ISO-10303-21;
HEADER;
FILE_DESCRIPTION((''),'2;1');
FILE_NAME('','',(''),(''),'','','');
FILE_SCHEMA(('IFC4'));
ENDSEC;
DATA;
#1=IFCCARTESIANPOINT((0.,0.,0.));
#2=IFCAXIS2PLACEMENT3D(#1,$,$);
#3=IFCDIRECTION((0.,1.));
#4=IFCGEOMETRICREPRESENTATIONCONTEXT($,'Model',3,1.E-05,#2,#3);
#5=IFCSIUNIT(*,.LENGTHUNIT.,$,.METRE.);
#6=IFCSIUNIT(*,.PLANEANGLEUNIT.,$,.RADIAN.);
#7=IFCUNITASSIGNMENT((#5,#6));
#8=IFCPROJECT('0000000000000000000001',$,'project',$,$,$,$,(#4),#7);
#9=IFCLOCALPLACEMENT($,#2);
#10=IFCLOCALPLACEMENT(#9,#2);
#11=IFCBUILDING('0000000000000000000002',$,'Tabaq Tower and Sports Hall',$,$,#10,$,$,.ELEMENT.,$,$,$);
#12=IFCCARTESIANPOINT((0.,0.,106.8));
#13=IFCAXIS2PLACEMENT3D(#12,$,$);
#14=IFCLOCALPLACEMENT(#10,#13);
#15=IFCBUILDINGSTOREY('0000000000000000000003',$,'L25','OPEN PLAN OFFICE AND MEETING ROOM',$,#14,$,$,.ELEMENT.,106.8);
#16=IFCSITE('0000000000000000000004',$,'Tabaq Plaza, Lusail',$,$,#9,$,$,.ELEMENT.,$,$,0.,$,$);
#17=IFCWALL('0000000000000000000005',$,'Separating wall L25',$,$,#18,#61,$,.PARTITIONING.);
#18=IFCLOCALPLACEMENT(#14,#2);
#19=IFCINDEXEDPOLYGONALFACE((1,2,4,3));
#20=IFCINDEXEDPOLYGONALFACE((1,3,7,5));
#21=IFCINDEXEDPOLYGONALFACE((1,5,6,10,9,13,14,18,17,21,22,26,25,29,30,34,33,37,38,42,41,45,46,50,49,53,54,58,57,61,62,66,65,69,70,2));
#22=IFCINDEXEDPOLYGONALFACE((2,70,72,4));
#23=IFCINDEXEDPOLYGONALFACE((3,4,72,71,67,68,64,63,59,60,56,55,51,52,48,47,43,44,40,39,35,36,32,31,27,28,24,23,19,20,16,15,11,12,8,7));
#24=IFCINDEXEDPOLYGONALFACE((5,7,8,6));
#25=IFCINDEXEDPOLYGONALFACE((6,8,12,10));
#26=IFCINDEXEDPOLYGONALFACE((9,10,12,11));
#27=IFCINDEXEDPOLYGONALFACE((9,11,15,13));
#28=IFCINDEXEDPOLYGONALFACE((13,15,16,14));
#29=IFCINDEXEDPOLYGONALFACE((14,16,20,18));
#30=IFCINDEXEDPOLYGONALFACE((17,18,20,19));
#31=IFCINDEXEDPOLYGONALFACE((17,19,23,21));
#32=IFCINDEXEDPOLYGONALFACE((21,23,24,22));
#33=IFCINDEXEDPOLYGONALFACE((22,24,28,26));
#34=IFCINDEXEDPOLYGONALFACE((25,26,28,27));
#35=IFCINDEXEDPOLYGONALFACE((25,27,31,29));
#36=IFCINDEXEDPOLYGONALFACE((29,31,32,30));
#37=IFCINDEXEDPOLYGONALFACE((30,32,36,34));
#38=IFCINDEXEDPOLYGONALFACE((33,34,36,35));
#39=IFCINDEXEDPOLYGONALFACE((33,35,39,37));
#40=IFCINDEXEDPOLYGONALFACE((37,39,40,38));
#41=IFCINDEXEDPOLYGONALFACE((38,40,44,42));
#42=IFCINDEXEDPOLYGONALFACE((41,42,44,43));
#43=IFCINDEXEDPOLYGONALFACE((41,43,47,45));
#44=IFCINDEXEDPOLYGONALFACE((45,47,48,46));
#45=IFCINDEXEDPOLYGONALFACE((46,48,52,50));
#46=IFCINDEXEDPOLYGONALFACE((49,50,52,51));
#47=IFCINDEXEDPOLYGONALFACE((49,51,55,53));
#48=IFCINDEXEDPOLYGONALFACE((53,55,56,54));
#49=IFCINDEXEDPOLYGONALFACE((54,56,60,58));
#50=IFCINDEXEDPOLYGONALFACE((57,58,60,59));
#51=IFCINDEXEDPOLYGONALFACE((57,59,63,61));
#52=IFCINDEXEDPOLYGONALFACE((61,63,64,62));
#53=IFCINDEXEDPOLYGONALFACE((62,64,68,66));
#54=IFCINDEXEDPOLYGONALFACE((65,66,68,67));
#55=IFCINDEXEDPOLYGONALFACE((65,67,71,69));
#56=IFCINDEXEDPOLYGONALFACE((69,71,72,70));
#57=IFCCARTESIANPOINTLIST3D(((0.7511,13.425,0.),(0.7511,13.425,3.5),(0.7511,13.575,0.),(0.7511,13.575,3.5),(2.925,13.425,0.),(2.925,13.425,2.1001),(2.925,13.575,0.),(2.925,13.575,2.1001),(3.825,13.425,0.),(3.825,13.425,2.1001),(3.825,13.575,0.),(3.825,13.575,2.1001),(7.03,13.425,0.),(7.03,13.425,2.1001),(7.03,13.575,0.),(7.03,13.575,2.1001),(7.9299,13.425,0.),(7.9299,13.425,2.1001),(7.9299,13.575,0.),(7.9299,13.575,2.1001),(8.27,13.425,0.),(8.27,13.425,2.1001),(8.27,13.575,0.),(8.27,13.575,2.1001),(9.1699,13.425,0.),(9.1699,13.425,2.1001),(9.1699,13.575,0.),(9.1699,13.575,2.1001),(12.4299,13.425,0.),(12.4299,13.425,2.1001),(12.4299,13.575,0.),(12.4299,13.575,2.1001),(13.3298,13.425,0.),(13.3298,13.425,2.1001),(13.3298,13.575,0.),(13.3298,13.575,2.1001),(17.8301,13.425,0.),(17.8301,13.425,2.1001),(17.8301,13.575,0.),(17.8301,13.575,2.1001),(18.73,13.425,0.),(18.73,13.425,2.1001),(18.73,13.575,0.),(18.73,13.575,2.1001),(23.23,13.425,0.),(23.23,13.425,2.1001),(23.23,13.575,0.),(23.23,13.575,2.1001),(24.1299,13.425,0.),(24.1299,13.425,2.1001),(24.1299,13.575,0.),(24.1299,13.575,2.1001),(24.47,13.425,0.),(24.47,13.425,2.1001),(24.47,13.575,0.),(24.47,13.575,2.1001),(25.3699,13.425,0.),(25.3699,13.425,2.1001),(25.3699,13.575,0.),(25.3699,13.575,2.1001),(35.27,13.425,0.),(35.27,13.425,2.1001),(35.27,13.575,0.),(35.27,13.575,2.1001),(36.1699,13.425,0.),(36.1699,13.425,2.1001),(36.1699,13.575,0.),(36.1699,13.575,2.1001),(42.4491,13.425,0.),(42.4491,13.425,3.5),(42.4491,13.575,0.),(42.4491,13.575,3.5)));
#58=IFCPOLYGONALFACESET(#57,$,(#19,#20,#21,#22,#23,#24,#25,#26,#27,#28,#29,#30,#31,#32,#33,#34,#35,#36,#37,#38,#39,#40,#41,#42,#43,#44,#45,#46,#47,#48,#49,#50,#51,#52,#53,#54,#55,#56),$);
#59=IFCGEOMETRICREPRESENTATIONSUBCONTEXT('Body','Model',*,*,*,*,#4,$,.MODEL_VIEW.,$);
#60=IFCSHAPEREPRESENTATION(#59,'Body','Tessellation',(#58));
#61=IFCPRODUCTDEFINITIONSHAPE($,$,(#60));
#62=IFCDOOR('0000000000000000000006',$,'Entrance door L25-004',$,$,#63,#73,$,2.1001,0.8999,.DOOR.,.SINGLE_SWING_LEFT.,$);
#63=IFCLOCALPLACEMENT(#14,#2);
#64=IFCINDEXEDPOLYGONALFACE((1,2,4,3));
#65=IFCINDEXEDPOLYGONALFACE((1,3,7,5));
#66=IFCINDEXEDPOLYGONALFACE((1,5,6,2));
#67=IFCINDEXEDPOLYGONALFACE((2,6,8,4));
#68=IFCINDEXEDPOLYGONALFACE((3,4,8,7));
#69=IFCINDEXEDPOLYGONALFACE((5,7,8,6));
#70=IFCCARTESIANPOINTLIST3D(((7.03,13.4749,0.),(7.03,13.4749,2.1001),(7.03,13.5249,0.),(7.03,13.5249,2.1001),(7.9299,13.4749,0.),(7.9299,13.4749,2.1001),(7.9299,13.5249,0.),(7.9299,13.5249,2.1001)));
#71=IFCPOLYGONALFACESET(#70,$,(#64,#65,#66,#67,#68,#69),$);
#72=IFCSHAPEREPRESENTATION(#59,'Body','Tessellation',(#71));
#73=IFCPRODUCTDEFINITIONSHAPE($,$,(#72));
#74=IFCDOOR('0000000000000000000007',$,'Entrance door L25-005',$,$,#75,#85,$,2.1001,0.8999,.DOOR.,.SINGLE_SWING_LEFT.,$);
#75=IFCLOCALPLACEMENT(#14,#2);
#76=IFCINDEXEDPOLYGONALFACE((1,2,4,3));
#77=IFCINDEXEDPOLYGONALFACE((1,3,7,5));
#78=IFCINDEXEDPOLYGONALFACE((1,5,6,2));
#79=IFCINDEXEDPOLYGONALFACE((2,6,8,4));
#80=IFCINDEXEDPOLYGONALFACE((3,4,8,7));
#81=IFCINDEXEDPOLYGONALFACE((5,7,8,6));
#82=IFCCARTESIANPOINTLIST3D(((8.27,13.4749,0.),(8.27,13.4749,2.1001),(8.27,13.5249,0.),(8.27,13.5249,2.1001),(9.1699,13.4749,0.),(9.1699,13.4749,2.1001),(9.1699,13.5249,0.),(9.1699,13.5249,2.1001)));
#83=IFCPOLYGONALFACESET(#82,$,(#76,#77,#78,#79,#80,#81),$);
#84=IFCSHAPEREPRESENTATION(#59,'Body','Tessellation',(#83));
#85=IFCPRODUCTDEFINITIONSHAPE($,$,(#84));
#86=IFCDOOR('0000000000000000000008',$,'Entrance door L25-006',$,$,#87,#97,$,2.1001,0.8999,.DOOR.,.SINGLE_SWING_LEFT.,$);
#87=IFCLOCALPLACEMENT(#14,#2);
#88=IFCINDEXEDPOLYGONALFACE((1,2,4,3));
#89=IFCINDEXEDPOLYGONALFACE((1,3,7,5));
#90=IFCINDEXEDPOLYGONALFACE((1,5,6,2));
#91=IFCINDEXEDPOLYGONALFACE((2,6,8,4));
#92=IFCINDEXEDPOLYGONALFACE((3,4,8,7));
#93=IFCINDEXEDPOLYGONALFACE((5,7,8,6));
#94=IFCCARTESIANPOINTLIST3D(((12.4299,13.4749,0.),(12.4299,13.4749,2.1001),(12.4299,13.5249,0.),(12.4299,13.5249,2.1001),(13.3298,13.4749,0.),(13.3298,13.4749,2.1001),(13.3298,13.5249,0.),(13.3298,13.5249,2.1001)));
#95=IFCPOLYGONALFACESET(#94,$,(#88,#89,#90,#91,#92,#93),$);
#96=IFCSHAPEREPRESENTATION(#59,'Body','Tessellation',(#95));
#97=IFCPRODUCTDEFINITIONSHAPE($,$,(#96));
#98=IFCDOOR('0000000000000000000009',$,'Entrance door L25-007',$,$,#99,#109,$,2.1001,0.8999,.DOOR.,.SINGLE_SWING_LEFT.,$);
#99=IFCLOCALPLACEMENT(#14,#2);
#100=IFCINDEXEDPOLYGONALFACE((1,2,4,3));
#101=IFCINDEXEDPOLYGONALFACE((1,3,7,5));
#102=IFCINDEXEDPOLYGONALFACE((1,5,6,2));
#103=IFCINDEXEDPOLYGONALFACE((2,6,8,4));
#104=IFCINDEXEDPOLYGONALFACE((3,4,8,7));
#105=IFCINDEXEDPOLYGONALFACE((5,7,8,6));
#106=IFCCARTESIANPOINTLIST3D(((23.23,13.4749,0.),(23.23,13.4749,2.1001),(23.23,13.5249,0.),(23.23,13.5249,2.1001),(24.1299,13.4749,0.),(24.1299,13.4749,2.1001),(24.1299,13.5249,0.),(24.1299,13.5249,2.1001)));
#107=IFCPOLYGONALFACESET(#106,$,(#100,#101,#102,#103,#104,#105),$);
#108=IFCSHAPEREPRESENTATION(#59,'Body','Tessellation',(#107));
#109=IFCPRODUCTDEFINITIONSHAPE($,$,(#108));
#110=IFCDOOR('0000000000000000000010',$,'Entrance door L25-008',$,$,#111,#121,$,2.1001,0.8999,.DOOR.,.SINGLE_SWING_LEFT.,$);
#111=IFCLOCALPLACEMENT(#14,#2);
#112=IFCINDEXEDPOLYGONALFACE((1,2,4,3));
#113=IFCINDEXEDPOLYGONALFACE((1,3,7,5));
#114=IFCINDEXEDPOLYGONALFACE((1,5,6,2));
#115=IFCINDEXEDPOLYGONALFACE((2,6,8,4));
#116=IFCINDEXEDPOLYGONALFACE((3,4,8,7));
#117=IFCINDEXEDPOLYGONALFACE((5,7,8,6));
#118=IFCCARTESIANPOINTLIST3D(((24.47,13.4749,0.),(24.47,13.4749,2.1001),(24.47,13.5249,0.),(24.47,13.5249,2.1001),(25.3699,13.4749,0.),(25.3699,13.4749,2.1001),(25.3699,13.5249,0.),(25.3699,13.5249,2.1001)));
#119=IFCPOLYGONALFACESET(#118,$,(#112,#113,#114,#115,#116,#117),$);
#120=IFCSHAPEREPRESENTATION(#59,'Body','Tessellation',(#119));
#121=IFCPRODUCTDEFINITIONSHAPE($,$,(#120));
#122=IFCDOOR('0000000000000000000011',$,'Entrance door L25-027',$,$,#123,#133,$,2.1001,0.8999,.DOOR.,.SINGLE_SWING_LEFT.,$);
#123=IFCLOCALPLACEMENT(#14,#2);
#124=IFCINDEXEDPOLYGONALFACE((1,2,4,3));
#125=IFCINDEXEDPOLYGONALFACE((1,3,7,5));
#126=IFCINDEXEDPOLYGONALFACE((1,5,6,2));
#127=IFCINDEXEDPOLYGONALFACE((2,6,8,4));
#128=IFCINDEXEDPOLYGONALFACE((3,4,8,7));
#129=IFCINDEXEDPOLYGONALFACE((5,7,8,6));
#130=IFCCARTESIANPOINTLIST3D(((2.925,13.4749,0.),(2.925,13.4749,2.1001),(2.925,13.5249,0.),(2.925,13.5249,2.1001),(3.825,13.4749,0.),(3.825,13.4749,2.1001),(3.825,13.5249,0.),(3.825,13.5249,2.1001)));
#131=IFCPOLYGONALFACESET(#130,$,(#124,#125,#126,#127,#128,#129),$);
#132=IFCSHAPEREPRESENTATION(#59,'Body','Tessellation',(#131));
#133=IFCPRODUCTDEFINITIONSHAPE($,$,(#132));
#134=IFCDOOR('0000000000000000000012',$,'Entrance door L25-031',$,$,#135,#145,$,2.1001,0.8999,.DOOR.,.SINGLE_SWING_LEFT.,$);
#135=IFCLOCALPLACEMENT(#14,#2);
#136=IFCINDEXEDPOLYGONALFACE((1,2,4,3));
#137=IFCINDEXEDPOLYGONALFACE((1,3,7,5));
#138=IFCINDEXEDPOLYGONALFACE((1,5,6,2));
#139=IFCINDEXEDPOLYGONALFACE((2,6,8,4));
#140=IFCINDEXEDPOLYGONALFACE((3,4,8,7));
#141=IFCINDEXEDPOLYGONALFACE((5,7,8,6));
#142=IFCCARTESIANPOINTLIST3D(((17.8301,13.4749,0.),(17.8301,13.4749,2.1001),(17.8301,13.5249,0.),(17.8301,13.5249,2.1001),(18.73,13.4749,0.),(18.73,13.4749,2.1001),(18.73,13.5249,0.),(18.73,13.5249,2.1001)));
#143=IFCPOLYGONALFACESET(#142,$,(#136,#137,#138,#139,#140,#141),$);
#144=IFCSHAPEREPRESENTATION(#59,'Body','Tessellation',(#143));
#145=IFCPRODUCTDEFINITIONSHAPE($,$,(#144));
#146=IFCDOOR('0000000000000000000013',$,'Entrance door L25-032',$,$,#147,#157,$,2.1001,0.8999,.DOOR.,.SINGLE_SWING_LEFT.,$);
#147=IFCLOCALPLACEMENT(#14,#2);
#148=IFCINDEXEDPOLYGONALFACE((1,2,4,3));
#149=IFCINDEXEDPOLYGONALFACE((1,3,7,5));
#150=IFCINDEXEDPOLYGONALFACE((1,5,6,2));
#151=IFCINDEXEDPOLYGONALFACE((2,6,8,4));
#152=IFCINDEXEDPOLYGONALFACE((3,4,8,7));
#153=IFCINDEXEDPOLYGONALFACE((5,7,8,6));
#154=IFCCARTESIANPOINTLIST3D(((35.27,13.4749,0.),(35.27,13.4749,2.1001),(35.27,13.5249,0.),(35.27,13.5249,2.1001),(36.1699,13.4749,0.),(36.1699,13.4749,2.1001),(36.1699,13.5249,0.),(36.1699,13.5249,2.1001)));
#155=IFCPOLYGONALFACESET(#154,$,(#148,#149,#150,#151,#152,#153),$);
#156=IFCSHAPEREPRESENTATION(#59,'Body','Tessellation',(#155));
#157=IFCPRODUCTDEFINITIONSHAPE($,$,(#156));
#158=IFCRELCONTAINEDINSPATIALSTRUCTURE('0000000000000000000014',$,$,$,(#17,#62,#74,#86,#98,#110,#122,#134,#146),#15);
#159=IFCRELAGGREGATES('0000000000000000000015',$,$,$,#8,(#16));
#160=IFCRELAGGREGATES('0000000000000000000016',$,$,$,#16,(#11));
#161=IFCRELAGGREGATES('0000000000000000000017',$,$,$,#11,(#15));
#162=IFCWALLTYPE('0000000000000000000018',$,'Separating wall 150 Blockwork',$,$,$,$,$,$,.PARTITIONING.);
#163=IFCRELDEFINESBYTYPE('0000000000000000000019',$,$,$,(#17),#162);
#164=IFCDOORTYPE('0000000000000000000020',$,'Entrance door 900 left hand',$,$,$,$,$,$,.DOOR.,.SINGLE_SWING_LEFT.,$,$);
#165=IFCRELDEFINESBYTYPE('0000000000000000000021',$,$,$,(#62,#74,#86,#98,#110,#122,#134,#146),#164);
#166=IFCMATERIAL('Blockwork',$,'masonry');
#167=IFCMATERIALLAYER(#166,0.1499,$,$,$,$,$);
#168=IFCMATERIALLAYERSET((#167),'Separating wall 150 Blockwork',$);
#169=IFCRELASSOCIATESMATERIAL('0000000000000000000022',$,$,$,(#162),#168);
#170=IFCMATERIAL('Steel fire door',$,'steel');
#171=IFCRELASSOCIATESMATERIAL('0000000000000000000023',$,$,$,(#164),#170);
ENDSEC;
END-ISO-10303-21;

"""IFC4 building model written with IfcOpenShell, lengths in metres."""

from ifc_helpers import new_model, si_unit, direction, frame, frame_2d, origin, place, context, subcontext, project, spatial, rectangle, extrude, material, layer, layer_set, type_object, element, fill, save


model = new_model("IFC4")

# Units and contexts
model_context = context("Model", 3, precision=1e-05, world=origin(), true_north=direction((0.0, 1.0)))
body_context = subcontext(model_context, "Body", "Model", "MODEL_VIEW")
ifc_project = project(units=[si_unit("LENGTHUNIT", "METRE"), si_unit("PLANEANGLEUNIT", "RADIAN")], contexts=[model_context])

# Site, building, storey
site_placement = place(None, origin())
site = spatial("IfcSite", under=ifc_project, at=site_placement, Name="Tabaq Plaza, Lusail", CompositionType="ELEMENT", RefElevation=0.0)
building_placement = place(site_placement, origin())
building = spatial("IfcBuilding", under=site, at=building_placement, Name="Tabaq Tower and Sports Hall", CompositionType="ELEMENT")
storey_placement = place(building_placement, frame((0.0, 0.0, 106.8)))
storey = spatial("IfcBuildingStorey", under=building, at=storey_placement, Name="L25", Description="OPEN PLAN OFFICE AND MEETING ROOM", CompositionType="ELEMENT", Elevation=106.8)

# Shared definitions
ifc_material_1 = material(Name="Blockwork", Category="masonry")
ifc_layer_1 = layer(ifc_material_1, 0.1499)
ifc_layer_set_1 = layer_set([ifc_layer_1], Name="Separating wall 150 Blockwork")
wall_type_1 = type_object("IfcWallType", Name="Separating wall 150 Blockwork", PredefinedType="PARTITIONING", material=ifc_layer_set_1)

# Wall, openings, doors
wall_1_placement = place(storey_placement, frame((0.751, 13.5, 0.0), z_axis=(0.0, 0.0, 1.0), x_axis=(1.0, 0.0, 0.0)))
wall_1 = element("IfcWall", 1, at=wall_1_placement, inside=storey, type_object=wall_type_1, Name="Separating wall L25", PredefinedType="PARTITIONING", context=body_context, shape_type="SweptSolid", body=[
    extrude(rectangle(XDim=41.698, YDim=0.1499, at=frame_2d((20.8491, 0.0))), origin(), (0.0, 0.0, 1.0), 3.5),
])
opening_1_placement = place(wall_1_placement, frame((6.2791, 0.0, 0.0)))
opening_1 = element("IfcOpeningElement", 2, at=opening_1_placement, cuts=wall_1, PredefinedType="OPENING", context=body_context, shape_type="SweptSolid", body=[
    extrude(rectangle(XDim=0.8999, YDim=2.1001, at=frame_2d((0.45, 1.05))), frame((0.0, 0.075, 0.0), z_axis=(0.0, -1.0, 0.0), x_axis=(1.0, 0.0, 0.0)), (0.0, 0.0, 1.0), 0.1499),
])
opening_2_placement = place(wall_1_placement, frame((7.519, 0.0, 0.0)))
opening_2 = element("IfcOpeningElement", 3, at=opening_2_placement, cuts=wall_1, PredefinedType="OPENING", context=body_context, shape_type="SweptSolid", body=[
    extrude(rectangle(XDim=0.8999, YDim=2.1001, at=frame_2d((0.45, 1.05))), frame((0.0, 0.075, 0.0), z_axis=(0.0, -1.0, 0.0), x_axis=(1.0, 0.0, 0.0)), (0.0, 0.0, 1.0), 0.1499),
])
opening_3_placement = place(wall_1_placement, frame((11.679, 0.0, 0.0)))
opening_3 = element("IfcOpeningElement", 4, at=opening_3_placement, cuts=wall_1, PredefinedType="OPENING", context=body_context, shape_type="SweptSolid", body=[
    extrude(rectangle(XDim=0.8999, YDim=2.1001, at=frame_2d((0.45, 1.05))), frame((0.0, 0.075, 0.0), z_axis=(0.0, -1.0, 0.0), x_axis=(1.0, 0.0, 0.0)), (0.0, 0.0, 1.0), 0.1499),
])
opening_4_placement = place(wall_1_placement, frame((22.479, 0.0, 0.0)))
opening_4 = element("IfcOpeningElement", 5, at=opening_4_placement, cuts=wall_1, PredefinedType="OPENING", context=body_context, shape_type="SweptSolid", body=[
    extrude(rectangle(XDim=0.8999, YDim=2.1001, at=frame_2d((0.45, 1.05))), frame((0.0, 0.075, 0.0), z_axis=(0.0, -1.0, 0.0), x_axis=(1.0, 0.0, 0.0)), (0.0, 0.0, 1.0), 0.1499),
])
opening_5_placement = place(wall_1_placement, frame((23.719, 0.0, 0.0)))
opening_5 = element("IfcOpeningElement", 6, at=opening_5_placement, cuts=wall_1, PredefinedType="OPENING", context=body_context, shape_type="SweptSolid", body=[
    extrude(rectangle(XDim=0.8999, YDim=2.1001, at=frame_2d((0.45, 1.05))), frame((0.0, 0.075, 0.0), z_axis=(0.0, -1.0, 0.0), x_axis=(1.0, 0.0, 0.0)), (0.0, 0.0, 1.0), 0.1499),
])
opening_6_placement = place(wall_1_placement, frame((2.1741, 0.0, 0.0)))
opening_6 = element("IfcOpeningElement", 7, at=opening_6_placement, cuts=wall_1, PredefinedType="OPENING", context=body_context, shape_type="SweptSolid", body=[
    extrude(rectangle(XDim=0.8999, YDim=2.1001, at=frame_2d((0.45, 1.05))), frame((0.0, 0.075, 0.0), z_axis=(0.0, -1.0, 0.0), x_axis=(1.0, 0.0, 0.0)), (0.0, 0.0, 1.0), 0.1499),
])
opening_7_placement = place(wall_1_placement, frame((17.0791, 0.0, 0.0)))
opening_7 = element("IfcOpeningElement", 8, at=opening_7_placement, cuts=wall_1, PredefinedType="OPENING", context=body_context, shape_type="SweptSolid", body=[
    extrude(rectangle(XDim=0.8999, YDim=2.1001, at=frame_2d((0.45, 1.05))), frame((0.0, 0.075, 0.0), z_axis=(0.0, -1.0, 0.0), x_axis=(1.0, 0.0, 0.0)), (0.0, 0.0, 1.0), 0.1499),
])
opening_8_placement = place(wall_1_placement, frame((34.519, 0.0, 0.0)))
opening_8 = element("IfcOpeningElement", 9, at=opening_8_placement, cuts=wall_1, PredefinedType="OPENING", context=body_context, shape_type="SweptSolid", body=[
    extrude(rectangle(XDim=0.8999, YDim=2.1001, at=frame_2d((0.45, 1.05))), frame((0.0, 0.075, 0.0), z_axis=(0.0, -1.0, 0.0), x_axis=(1.0, 0.0, 0.0)), (0.0, 0.0, 1.0), 0.1499),
])
ifc_material_2 = material(Name="Steel fire door", Category="steel")
door_type = type_object("IfcDoorType", Name="Entrance door 900 left hand", OperationType="SINGLE_SWING_LEFT", PredefinedType="DOOR", material=ifc_material_2)
door_1_placement = place(opening_1_placement, origin())
door_1 = element("IfcDoor", 10, at=door_1_placement, inside=storey, type_object=door_type, Name="Entrance door L25-004", OperationType="SINGLE_SWING_LEFT", OverallHeight=2.1001, OverallWidth=0.8999, PredefinedType="DOOR", context=body_context, shape_type="SweptSolid", body=[
    extrude(rectangle(XDim=0.8999, YDim=2.1001, at=frame_2d((0.45, 1.05))), frame((0.0, 0.0249, 0.0), z_axis=(0.0, -1.0, 0.0), x_axis=(1.0, 0.0, 0.0)), (0.0, 0.0, 1.0), 0.05),
])
fill(opening_1, door_1)
door_2_placement = place(opening_2_placement, origin())
door_2 = element("IfcDoor", 11, at=door_2_placement, inside=storey, type_object=door_type, Name="Entrance door L25-005", OperationType="SINGLE_SWING_LEFT", OverallHeight=2.1001, OverallWidth=0.8999, PredefinedType="DOOR", context=body_context, shape_type="SweptSolid", body=[
    extrude(rectangle(XDim=0.8999, YDim=2.1001, at=frame_2d((0.45, 1.05))), frame((0.0, 0.0249, 0.0), z_axis=(0.0, -1.0, 0.0), x_axis=(1.0, 0.0, 0.0)), (0.0, 0.0, 1.0), 0.05),
])
fill(opening_2, door_2)
door_3_placement = place(opening_3_placement, origin())
door_3 = element("IfcDoor", 12, at=door_3_placement, inside=storey, type_object=door_type, Name="Entrance door L25-006", OperationType="SINGLE_SWING_LEFT", OverallHeight=2.1001, OverallWidth=0.8999, PredefinedType="DOOR", context=body_context, shape_type="SweptSolid", body=[
    extrude(rectangle(XDim=0.8999, YDim=2.1001, at=frame_2d((0.45, 1.05))), frame((0.0, 0.0249, 0.0), z_axis=(0.0, -1.0, 0.0), x_axis=(1.0, 0.0, 0.0)), (0.0, 0.0, 1.0), 0.05),
])
fill(opening_3, door_3)
door_4_placement = place(opening_4_placement, origin())
door_4 = element("IfcDoor", 13, at=door_4_placement, inside=storey, type_object=door_type, Name="Entrance door L25-007", OperationType="SINGLE_SWING_LEFT", OverallHeight=2.1001, OverallWidth=0.8999, PredefinedType="DOOR", context=body_context, shape_type="SweptSolid", body=[
    extrude(rectangle(XDim=0.8999, YDim=2.1001, at=frame_2d((0.45, 1.05))), frame((0.0, 0.0249, 0.0), z_axis=(0.0, -1.0, 0.0), x_axis=(1.0, 0.0, 0.0)), (0.0, 0.0, 1.0), 0.05),
])
fill(opening_4, door_4)
door_5_placement = place(opening_5_placement, origin())
door_5 = element("IfcDoor", 14, at=door_5_placement, inside=storey, type_object=door_type, Name="Entrance door L25-008", OperationType="SINGLE_SWING_LEFT", OverallHeight=2.1001, OverallWidth=0.8999, PredefinedType="DOOR", context=body_context, shape_type="SweptSolid", body=[
    extrude(rectangle(XDim=0.8999, YDim=2.1001, at=frame_2d((0.45, 1.05))), frame((0.0, 0.0249, 0.0), z_axis=(0.0, -1.0, 0.0), x_axis=(1.0, 0.0, 0.0)), (0.0, 0.0, 1.0), 0.05),
])
fill(opening_5, door_5)
door_6_placement = place(opening_6_placement, origin())
door_6 = element("IfcDoor", 15, at=door_6_placement, inside=storey, type_object=door_type, Name="Entrance door L25-027", OperationType="SINGLE_SWING_LEFT", OverallHeight=2.1001, OverallWidth=0.8999, PredefinedType="DOOR", context=body_context, shape_type="SweptSolid", body=[
    extrude(rectangle(XDim=0.8999, YDim=2.1001, at=frame_2d((0.45, 1.05))), frame((0.0, 0.0249, 0.0), z_axis=(0.0, -1.0, 0.0), x_axis=(1.0, 0.0, 0.0)), (0.0, 0.0, 1.0), 0.05),
])
fill(opening_6, door_6)
door_7_placement = place(opening_7_placement, origin())
door_7 = element("IfcDoor", 16, at=door_7_placement, inside=storey, type_object=door_type, Name="Entrance door L25-031", OperationType="SINGLE_SWING_LEFT", OverallHeight=2.1001, OverallWidth=0.8999, PredefinedType="DOOR", context=body_context, shape_type="SweptSolid", body=[
    extrude(rectangle(XDim=0.8999, YDim=2.1001, at=frame_2d((0.45, 1.05))), frame((0.0, 0.0249, 0.0), z_axis=(0.0, -1.0, 0.0), x_axis=(1.0, 0.0, 0.0)), (0.0, 0.0, 1.0), 0.05),
])
fill(opening_7, door_7)
door_8_placement = place(opening_8_placement, origin())
door_8 = element("IfcDoor", 17, at=door_8_placement, inside=storey, type_object=door_type, Name="Entrance door L25-032", OperationType="SINGLE_SWING_LEFT", OverallHeight=2.1001, OverallWidth=0.8999, PredefinedType="DOOR", context=body_context, shape_type="SweptSolid", body=[
    extrude(rectangle(XDim=0.8999, YDim=2.1001, at=frame_2d((0.45, 1.05))), frame((0.0, 0.0249, 0.0), z_axis=(0.0, -1.0, 0.0), x_axis=(1.0, 0.0, 0.0)), (0.0, 0.0, 1.0), 0.05),
])
fill(opening_8, door_8)

save(model, "model.ifc")
